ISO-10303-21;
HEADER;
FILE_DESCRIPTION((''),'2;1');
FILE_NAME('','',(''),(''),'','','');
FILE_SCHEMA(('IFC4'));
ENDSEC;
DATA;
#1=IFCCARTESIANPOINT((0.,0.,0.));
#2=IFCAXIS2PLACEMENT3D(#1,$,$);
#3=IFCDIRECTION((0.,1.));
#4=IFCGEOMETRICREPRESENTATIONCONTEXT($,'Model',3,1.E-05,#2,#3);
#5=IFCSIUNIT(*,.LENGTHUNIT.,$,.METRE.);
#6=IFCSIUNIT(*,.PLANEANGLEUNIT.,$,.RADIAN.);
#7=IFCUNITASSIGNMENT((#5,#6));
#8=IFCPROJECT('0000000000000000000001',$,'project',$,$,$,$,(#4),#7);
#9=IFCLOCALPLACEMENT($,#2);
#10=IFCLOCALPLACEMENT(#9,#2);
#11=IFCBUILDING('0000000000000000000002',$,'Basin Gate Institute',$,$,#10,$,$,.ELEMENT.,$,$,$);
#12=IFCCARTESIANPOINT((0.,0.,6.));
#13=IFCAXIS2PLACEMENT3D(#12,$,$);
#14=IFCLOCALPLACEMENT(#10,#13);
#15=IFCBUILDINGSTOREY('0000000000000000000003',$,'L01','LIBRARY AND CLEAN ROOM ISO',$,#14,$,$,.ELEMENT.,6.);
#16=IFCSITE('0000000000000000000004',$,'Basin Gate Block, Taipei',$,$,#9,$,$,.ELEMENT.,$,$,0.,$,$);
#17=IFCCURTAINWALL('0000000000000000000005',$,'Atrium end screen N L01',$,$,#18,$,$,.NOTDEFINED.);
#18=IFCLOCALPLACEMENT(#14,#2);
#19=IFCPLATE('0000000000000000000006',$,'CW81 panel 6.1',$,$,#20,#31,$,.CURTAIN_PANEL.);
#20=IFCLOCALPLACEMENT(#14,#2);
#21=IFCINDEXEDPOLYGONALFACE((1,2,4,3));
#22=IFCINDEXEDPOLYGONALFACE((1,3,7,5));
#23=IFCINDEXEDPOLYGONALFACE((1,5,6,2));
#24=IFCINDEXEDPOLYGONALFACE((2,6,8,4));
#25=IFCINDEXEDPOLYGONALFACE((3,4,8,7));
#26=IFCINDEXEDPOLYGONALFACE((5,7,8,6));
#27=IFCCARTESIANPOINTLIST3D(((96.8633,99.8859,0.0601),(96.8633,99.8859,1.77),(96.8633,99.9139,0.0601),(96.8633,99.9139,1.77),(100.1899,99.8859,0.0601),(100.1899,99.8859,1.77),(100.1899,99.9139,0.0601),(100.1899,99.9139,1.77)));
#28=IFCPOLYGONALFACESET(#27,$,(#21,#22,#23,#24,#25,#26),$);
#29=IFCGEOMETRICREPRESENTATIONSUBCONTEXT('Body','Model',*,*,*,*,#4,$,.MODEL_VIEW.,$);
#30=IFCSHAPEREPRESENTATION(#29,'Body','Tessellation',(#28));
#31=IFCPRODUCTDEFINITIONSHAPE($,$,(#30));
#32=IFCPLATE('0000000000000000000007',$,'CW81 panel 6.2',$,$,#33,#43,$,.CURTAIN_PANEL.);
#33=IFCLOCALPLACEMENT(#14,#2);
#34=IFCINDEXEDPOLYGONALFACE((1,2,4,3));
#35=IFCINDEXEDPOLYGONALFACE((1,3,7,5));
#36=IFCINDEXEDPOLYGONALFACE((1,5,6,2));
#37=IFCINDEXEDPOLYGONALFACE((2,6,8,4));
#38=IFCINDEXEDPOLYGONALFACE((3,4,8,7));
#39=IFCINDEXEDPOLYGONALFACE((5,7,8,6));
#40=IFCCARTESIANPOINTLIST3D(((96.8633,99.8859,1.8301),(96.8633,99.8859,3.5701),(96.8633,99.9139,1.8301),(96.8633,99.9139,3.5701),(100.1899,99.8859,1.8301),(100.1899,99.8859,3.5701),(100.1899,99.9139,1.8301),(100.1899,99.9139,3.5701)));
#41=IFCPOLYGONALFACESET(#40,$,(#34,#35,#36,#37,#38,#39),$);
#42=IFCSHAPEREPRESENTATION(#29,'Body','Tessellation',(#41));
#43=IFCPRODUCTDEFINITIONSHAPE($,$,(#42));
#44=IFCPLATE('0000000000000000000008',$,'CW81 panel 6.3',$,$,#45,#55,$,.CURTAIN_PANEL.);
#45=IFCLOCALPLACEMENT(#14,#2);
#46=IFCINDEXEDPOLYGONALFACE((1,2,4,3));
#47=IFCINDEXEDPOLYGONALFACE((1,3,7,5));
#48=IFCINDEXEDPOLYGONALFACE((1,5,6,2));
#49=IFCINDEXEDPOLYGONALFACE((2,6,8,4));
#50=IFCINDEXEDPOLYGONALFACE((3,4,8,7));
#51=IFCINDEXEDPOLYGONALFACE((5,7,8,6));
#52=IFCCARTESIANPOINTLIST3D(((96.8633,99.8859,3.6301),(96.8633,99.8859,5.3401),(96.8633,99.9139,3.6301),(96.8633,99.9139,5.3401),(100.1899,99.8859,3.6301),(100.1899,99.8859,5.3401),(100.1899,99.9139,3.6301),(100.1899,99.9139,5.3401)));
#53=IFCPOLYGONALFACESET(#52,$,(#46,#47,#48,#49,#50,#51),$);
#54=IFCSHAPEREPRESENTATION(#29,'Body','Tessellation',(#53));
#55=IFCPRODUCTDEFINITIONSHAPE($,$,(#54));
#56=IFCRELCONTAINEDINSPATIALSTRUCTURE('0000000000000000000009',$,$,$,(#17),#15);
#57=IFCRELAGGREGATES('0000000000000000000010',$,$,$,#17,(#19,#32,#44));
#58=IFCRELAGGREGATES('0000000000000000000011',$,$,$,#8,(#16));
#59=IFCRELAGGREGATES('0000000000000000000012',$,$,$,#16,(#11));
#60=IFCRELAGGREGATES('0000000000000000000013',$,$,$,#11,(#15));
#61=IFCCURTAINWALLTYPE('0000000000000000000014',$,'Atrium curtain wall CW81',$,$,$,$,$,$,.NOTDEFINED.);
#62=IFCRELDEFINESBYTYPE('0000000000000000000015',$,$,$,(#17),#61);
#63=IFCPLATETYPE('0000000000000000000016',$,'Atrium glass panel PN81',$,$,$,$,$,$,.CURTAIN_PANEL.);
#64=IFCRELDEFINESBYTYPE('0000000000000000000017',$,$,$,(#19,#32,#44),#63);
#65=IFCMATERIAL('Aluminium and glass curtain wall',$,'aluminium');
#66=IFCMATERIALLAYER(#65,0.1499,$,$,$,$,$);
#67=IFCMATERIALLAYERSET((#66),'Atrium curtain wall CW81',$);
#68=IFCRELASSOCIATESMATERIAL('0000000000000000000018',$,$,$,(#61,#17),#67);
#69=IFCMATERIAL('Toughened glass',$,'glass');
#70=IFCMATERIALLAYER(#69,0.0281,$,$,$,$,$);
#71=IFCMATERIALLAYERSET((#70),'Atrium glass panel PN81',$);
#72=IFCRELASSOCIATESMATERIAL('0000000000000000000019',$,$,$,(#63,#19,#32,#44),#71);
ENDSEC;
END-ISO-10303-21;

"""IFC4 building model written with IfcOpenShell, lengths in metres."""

from ifc_helpers import new_model, si_unit, direction, frame, origin, origin_2d, place, context, subcontext, project, spatial, rectangle, extrude, material, layer, layer_set, type_object, element, aggregate, save


model = new_model("IFC4")

# Units and contexts
model_context = context("Model", 3, precision=1e-05, world=origin(), true_north=direction((0.0, 1.0)))
body_context = subcontext(model_context, "Body", "Model", "MODEL_VIEW")
ifc_project = project(units=[si_unit("LENGTHUNIT", "METRE"), si_unit("PLANEANGLEUNIT", "RADIAN")], contexts=[model_context])

# Site, building, storey
site_placement = place(None, origin())
site = spatial("IfcSite", under=ifc_project, at=site_placement, Name="Basin Gate Block, Taipei", CompositionType="ELEMENT", RefElevation=0.0)
building_placement = place(site_placement, origin())
building = spatial("IfcBuilding", under=site, at=building_placement, Name="Basin Gate Institute", CompositionType="ELEMENT")
storey_placement = place(building_placement, frame((0.0, 0.0, 6.0)))
storey = spatial("IfcBuildingStorey", under=building, at=storey_placement, Name="L01", Description="LIBRARY AND CLEAN ROOM ISO", CompositionType="ELEMENT", Elevation=6.0)

# Curtain wall
ifc_material_1 = material(Name="Aluminium and glass curtain wall", Category="aluminium")
ifc_layer_1 = layer(ifc_material_1, 0.1499)
ifc_layer_set_1 = layer_set([ifc_layer_1], Name="Atrium curtain wall CW81")
curtain_wall_type = type_object("IfcCurtainWallType", Name="Atrium curtain wall CW81", PredefinedType="NOTDEFINED", material=ifc_layer_set_1)
curtain_wall_placement = place(storey_placement, origin())
curtain_wall = element("IfcCurtainWall", 1, at=curtain_wall_placement, inside=storey, type_object=curtain_wall_type, material=ifc_layer_set_1, Name="Atrium end screen N L01", PredefinedType="NOTDEFINED")

# Plates
ifc_material_2 = material(Name="Toughened glass", Category="glass")
ifc_layer_2 = layer(ifc_material_2, 0.0281)
ifc_layer_set_2 = layer_set([ifc_layer_2], Name="Atrium glass panel PN81")
plate_type = type_object("IfcPlateType", Name="Atrium glass panel PN81", PredefinedType="CURTAIN_PANEL", material=ifc_layer_set_2)
plate_1_placement = place(storey_placement, frame((98.5266, 99.8999, 0.0601), z_axis=(0.0, 0.0, 1.0), x_axis=(1.0, 0.0, 0.0)))
plate_1 = element("IfcPlate", 2, at=plate_1_placement, type_object=plate_type, material=ifc_layer_set_2, Name="CW81 panel 6.1", PredefinedType="CURTAIN_PANEL", context=body_context, shape_type="SweptSolid", body=[
    extrude(rectangle(XDim=3.3267, YDim=0.0281, at=origin_2d()), origin(), (0.0, 0.0, 1.0), 1.71),
])
plate_2_placement = place(storey_placement, frame((98.5266, 99.8999, 1.8301), z_axis=(0.0, 0.0, 1.0), x_axis=(1.0, 0.0, 0.0)))
plate_2 = element("IfcPlate", 3, at=plate_2_placement, type_object=plate_type, material=ifc_layer_set_2, Name="CW81 panel 6.2", PredefinedType="CURTAIN_PANEL", context=body_context, shape_type="SweptSolid", body=[
    extrude(rectangle(XDim=3.3267, YDim=0.0281, at=origin_2d()), origin(), (0.0, 0.0, 1.0), 1.74),
])
plate_3_placement = place(storey_placement, frame((98.5266, 99.8999, 3.6301), z_axis=(0.0, 0.0, 1.0), x_axis=(1.0, 0.0, 0.0)))
plate_3 = element("IfcPlate", 4, at=plate_3_placement, type_object=plate_type, material=ifc_layer_set_2, Name="CW81 panel 6.3", PredefinedType="CURTAIN_PANEL", context=body_context, shape_type="SweptSolid", body=[
    extrude(rectangle(XDim=3.3267, YDim=0.0281, at=origin_2d()), origin(), (0.0, 0.0, 1.0), 1.71),
])
aggregate(curtain_wall, [plate_1, plate_2, plate_3])

save(model, "model.ifc")
